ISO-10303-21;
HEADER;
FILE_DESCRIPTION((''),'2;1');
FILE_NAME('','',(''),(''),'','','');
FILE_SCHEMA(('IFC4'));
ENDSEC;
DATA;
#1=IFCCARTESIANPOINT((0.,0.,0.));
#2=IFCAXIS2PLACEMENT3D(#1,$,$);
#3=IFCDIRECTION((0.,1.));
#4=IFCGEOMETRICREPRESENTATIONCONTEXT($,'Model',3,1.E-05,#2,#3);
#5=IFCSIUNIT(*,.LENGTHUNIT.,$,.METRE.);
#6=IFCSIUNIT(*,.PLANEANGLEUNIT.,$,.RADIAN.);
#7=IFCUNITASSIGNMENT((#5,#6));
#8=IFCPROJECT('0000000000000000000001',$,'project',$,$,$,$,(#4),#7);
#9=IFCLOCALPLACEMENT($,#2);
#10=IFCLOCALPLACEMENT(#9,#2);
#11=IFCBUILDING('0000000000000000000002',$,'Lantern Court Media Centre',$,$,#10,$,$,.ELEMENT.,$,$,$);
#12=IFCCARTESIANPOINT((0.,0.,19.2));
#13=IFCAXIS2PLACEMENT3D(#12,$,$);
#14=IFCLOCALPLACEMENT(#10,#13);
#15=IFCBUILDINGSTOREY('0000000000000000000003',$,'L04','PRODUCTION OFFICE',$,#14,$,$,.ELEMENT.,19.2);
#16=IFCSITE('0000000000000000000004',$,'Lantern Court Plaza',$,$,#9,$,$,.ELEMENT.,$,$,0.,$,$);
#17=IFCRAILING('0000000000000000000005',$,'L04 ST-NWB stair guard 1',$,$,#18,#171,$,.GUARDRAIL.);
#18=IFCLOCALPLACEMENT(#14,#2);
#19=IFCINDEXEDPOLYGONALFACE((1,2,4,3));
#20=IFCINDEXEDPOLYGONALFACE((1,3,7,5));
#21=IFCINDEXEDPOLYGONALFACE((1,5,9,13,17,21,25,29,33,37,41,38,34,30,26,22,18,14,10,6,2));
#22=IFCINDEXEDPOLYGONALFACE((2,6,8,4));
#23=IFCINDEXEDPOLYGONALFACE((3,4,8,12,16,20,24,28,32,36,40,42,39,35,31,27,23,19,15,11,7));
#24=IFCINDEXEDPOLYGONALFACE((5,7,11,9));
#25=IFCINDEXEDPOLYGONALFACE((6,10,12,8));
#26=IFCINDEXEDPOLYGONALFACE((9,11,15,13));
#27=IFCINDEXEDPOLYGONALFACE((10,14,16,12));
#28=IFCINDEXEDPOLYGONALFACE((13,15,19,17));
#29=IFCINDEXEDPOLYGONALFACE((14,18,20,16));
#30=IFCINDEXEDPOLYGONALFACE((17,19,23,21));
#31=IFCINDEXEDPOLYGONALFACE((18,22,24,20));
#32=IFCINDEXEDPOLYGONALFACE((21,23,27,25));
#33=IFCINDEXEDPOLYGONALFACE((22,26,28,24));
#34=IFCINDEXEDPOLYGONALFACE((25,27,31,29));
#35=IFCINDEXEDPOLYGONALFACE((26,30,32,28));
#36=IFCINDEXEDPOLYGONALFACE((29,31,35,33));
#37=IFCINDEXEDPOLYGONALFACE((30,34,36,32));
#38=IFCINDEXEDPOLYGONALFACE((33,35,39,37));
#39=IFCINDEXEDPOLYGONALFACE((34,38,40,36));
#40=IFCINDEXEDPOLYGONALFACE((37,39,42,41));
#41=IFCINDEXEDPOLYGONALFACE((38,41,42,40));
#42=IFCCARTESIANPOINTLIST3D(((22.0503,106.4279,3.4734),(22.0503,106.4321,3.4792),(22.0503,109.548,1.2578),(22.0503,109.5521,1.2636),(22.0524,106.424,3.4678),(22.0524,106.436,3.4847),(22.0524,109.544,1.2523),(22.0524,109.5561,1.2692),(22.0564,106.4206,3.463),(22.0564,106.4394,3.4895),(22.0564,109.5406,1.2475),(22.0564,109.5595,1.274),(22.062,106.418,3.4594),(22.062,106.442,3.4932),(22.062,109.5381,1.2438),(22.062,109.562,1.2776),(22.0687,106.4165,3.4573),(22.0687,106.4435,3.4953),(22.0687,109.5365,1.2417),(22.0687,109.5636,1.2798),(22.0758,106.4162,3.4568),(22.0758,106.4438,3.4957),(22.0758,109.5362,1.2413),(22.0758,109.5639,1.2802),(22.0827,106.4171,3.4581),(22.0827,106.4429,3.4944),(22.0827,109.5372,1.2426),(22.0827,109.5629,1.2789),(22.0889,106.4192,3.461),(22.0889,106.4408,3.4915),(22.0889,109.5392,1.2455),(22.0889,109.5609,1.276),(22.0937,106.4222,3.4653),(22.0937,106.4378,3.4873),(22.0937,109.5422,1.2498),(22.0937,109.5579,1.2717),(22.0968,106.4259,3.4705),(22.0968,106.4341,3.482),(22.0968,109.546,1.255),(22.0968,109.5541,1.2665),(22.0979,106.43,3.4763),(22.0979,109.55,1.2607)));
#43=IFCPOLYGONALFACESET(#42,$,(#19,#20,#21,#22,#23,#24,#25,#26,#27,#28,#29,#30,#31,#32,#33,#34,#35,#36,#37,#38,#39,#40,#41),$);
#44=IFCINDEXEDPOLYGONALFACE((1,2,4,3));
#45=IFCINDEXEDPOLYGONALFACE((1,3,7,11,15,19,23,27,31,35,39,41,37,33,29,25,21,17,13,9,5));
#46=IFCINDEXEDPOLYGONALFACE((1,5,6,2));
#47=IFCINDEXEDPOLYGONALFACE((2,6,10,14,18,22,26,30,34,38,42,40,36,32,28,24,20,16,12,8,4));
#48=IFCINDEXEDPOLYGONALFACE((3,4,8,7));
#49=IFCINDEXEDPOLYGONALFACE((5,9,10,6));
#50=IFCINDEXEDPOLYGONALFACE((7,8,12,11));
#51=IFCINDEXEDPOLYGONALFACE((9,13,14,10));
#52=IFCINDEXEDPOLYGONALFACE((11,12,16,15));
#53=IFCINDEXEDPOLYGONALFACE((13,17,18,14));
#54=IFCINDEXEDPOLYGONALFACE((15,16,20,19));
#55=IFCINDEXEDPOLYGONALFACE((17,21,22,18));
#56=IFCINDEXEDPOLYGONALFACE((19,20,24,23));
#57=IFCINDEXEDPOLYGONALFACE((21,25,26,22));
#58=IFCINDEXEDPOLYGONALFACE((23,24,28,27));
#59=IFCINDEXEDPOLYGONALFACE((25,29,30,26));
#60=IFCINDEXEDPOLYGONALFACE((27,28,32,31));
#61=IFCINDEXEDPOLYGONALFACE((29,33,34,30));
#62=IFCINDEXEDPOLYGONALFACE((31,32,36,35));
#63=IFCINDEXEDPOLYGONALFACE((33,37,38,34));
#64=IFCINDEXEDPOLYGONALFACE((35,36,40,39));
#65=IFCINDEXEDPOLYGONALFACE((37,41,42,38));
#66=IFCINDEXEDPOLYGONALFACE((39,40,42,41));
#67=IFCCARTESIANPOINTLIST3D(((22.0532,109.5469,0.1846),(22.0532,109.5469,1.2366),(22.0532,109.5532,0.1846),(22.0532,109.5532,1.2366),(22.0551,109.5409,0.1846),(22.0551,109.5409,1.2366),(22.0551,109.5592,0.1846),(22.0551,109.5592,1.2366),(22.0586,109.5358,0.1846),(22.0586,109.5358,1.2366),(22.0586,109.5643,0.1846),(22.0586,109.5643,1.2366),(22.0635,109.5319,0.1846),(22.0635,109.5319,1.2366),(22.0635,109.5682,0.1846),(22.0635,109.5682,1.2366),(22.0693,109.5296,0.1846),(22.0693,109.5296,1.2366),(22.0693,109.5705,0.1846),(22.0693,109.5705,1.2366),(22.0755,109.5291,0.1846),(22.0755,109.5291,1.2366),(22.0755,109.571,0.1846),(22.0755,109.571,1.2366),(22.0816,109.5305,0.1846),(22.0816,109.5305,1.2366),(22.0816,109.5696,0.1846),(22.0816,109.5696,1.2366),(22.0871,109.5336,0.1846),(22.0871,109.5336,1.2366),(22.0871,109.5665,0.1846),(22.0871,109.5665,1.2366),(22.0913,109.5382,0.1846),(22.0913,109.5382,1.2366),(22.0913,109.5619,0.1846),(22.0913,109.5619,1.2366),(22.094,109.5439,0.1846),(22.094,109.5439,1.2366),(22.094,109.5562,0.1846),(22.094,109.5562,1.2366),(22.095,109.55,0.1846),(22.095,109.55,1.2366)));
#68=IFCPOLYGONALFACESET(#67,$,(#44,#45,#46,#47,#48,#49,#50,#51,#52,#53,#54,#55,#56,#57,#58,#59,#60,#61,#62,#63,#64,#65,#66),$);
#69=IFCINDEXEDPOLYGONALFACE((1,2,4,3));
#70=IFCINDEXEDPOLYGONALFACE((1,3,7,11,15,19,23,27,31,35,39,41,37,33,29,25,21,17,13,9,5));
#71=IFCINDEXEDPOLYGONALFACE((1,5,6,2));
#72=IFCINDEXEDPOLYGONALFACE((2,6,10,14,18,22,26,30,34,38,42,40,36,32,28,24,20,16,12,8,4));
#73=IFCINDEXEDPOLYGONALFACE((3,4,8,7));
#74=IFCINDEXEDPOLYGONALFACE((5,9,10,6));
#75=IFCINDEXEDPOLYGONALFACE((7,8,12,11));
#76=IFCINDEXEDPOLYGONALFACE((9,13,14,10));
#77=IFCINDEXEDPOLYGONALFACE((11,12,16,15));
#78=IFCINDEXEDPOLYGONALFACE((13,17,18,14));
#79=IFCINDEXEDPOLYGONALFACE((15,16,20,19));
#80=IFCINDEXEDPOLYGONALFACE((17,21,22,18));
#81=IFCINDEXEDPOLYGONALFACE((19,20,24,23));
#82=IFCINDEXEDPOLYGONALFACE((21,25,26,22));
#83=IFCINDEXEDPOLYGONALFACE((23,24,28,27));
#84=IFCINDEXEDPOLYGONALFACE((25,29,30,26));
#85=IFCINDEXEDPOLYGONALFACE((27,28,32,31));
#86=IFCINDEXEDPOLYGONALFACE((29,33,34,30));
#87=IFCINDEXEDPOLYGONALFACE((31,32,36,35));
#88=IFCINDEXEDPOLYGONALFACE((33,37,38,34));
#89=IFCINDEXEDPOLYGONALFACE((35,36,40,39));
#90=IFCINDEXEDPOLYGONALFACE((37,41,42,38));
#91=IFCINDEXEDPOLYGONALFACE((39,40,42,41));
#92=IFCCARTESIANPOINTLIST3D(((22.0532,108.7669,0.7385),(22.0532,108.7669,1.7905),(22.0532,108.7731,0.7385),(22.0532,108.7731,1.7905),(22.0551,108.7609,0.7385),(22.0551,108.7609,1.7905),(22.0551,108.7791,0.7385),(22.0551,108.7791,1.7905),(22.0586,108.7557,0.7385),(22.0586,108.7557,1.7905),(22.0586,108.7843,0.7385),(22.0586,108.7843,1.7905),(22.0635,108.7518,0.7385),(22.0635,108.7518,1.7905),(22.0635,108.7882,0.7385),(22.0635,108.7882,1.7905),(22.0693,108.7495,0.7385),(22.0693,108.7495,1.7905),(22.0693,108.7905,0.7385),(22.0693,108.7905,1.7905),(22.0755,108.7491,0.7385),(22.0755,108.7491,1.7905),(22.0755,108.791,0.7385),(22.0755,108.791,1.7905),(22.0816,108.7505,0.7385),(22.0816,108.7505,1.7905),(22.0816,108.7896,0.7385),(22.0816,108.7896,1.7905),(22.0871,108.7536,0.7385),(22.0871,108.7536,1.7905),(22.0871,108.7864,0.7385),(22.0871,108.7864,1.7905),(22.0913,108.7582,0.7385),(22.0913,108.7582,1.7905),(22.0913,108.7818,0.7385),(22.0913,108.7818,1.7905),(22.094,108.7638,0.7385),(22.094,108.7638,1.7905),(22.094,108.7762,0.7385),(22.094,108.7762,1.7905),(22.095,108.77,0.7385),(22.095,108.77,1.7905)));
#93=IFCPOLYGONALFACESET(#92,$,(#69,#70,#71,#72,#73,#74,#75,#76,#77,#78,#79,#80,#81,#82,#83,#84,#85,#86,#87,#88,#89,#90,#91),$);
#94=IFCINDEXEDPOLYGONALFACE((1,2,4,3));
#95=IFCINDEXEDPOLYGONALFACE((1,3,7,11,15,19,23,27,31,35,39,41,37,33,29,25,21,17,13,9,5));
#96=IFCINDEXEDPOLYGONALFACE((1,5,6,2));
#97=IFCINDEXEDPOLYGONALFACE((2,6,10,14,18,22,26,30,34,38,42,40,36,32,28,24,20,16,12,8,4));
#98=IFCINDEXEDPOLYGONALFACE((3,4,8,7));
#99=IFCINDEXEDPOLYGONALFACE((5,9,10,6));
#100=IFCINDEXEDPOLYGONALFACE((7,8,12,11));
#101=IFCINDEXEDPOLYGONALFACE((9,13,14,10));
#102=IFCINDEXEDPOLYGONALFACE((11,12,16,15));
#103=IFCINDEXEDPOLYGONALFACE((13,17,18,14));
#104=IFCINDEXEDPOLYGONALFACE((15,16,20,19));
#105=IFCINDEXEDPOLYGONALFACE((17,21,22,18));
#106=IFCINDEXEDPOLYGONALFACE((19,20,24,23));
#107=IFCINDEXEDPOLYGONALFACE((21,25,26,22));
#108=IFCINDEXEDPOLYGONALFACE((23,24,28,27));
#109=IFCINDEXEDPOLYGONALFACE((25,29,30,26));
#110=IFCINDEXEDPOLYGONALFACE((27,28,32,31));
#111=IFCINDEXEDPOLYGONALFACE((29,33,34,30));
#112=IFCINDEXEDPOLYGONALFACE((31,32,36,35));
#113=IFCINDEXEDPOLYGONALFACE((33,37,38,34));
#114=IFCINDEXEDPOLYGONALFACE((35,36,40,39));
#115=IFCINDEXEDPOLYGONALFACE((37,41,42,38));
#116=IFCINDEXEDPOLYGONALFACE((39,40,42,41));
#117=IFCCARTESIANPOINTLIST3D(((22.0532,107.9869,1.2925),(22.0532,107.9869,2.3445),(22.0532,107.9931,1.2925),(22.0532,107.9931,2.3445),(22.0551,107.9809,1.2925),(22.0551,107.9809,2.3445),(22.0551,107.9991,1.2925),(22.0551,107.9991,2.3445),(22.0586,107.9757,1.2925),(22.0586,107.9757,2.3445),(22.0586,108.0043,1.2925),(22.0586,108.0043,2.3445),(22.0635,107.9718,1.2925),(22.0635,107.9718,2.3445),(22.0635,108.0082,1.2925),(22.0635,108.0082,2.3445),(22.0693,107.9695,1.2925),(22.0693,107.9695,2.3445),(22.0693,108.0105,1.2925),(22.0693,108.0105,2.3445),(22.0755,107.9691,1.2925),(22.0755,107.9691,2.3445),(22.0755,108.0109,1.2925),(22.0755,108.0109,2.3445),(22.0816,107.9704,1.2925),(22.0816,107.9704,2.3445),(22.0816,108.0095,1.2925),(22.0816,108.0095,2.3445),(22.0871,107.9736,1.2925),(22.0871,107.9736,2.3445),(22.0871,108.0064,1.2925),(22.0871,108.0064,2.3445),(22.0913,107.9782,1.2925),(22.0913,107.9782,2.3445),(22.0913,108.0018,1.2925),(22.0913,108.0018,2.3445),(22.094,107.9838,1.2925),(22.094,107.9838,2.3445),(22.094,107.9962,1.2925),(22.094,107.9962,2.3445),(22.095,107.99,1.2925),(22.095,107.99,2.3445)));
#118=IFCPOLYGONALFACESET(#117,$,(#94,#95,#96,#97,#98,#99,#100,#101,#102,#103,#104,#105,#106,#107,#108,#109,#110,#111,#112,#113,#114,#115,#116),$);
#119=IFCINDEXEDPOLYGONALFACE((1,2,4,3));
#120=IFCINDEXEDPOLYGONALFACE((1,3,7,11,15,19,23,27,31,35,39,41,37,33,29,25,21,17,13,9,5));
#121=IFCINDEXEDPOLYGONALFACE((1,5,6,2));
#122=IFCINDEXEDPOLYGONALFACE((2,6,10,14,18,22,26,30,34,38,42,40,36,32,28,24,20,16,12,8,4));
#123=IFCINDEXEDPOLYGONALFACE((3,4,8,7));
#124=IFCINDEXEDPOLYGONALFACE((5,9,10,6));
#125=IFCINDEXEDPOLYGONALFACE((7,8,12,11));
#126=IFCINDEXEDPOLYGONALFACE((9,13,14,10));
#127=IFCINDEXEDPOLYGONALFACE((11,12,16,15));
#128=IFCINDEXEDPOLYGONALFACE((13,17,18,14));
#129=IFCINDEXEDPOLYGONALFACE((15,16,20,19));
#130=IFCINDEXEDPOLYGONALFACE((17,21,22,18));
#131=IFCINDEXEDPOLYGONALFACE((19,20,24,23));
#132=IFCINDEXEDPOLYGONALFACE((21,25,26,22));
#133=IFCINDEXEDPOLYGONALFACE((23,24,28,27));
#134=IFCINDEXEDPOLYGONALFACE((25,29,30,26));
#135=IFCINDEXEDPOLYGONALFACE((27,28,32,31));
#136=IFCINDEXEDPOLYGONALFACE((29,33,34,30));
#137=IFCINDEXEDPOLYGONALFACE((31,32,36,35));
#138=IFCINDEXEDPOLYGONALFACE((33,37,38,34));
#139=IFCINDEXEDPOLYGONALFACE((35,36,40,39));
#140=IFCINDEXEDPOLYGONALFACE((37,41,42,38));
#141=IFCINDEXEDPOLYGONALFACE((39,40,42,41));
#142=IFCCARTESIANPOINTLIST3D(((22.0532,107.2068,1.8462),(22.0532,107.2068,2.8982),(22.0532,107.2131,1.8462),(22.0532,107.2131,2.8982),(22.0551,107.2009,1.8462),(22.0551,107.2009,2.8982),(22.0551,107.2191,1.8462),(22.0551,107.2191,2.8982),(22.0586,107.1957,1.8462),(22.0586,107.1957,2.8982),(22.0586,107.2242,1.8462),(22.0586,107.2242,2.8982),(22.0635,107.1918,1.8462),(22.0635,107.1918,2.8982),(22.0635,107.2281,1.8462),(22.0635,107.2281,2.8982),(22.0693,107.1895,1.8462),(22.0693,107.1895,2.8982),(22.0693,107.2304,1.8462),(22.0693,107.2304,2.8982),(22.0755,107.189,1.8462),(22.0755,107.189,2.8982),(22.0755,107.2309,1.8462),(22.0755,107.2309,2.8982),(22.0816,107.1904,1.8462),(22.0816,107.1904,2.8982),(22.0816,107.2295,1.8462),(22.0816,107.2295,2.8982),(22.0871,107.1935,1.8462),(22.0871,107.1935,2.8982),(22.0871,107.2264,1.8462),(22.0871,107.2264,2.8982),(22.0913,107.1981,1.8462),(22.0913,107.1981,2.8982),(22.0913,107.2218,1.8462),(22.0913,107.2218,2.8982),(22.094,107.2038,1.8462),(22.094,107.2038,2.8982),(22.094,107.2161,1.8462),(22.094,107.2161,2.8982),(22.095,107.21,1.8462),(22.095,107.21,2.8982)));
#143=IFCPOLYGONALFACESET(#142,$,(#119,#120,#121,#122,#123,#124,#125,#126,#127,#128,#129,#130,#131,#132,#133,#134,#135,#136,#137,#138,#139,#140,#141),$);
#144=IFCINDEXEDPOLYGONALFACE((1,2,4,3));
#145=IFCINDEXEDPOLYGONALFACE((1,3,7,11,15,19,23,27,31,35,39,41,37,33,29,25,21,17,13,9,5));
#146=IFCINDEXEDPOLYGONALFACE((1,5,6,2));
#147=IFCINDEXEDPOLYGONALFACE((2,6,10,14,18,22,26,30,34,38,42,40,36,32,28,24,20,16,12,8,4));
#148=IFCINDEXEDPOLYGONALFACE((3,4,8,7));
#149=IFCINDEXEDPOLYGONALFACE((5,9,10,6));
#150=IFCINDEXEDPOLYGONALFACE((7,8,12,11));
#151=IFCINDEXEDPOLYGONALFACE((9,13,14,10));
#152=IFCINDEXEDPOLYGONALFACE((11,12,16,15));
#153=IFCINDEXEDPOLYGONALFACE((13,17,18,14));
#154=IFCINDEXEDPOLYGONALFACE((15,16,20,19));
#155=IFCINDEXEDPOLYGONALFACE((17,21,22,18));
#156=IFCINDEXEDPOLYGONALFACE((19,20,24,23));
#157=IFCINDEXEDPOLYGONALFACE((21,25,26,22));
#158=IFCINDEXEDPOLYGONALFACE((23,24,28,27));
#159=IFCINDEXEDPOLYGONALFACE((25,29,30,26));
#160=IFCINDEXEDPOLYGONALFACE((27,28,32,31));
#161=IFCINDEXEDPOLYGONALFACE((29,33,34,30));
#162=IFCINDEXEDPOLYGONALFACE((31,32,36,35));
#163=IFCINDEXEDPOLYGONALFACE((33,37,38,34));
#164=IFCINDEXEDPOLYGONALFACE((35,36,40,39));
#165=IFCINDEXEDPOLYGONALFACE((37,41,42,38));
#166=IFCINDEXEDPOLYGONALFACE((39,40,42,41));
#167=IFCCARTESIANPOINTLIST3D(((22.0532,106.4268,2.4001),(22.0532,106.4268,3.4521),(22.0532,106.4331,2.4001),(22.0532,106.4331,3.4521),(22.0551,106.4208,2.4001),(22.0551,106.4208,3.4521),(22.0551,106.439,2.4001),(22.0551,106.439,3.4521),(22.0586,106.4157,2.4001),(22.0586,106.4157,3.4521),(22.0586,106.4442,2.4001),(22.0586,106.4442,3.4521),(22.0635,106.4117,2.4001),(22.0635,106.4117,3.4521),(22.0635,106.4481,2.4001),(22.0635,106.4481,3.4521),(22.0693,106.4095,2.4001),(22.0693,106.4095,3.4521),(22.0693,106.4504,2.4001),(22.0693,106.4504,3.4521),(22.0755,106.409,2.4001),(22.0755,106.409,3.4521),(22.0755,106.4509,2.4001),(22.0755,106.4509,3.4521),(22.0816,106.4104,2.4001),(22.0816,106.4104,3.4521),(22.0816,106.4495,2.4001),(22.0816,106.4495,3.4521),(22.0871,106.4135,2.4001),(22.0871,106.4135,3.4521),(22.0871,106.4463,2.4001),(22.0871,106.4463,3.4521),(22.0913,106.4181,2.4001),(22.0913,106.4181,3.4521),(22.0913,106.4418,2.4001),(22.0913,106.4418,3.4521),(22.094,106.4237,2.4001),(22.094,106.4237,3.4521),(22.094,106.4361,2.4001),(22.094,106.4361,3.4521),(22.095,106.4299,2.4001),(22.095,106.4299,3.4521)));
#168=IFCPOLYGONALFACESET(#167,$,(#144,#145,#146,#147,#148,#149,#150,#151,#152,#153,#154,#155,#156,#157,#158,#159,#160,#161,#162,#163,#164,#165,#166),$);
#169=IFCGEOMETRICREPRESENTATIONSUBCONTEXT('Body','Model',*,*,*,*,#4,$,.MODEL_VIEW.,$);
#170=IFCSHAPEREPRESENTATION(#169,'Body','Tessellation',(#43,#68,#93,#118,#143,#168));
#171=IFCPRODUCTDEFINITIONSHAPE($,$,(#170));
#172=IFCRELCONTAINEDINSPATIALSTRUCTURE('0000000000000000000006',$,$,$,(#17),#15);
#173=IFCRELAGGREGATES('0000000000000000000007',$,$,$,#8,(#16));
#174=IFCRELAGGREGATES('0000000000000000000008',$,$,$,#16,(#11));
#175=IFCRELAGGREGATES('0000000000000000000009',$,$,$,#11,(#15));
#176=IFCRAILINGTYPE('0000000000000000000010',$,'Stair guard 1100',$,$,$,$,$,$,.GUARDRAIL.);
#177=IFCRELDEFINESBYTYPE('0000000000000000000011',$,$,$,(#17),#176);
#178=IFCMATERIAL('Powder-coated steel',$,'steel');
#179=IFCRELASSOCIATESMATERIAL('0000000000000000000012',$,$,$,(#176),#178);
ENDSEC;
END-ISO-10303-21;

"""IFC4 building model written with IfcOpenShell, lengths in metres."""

from ifc_helpers import new_model, si_unit, direction, frame, origin, origin_2d, place, context, subcontext, project, spatial, circle, extrude, material, type_object, element, save


model = new_model("IFC4")

# Units and contexts
model_context = context("Model", 3, precision=1e-05, world=origin(), true_north=direction((0.0, 1.0)))
body_context = subcontext(model_context, "Body", "Model", "MODEL_VIEW")
ifc_project = project(units=[si_unit("LENGTHUNIT", "METRE"), si_unit("PLANEANGLEUNIT", "RADIAN")], contexts=[model_context])

# Site, building, storey
site_placement = place(None, origin())
site = spatial("IfcSite", under=ifc_project, at=site_placement, Name="Lantern Court Plaza", CompositionType="ELEMENT", RefElevation=0.0)
building_placement = place(site_placement, origin())
building = spatial("IfcBuilding", under=site, at=building_placement, Name="Lantern Court Media Centre", CompositionType="ELEMENT")
storey_placement = place(building_placement, frame((0.0, 0.0, 19.2)))
storey = spatial("IfcBuildingStorey", under=building, at=storey_placement, Name="L04", Description="PRODUCTION OFFICE", CompositionType="ELEMENT", Elevation=19.2)

# Shared definitions
ifc_material_1 = material(Name="Powder-coated steel", Category="steel")

# Railing
railing_type_1 = type_object("IfcRailingType", Name="Stair guard 1100", PredefinedType="GUARDRAIL", material=ifc_material_1)
railing_1_placement = place(storey_placement, frame((22.074, 109.55, 0.1846)))
element("IfcRailing", 1, at=railing_1_placement, inside=storey, type_object=railing_type_1, Name="L04 ST-NWB stair guard 1", PredefinedType="GUARDRAIL", context=body_context, shape_type="SweptSolid", body=[
    extrude(circle(Radius=0.0239, at=origin_2d()), frame((0.0, 0.0, 1.0762), z_axis=(0.0, -0.815347, 0.578973), x_axis=(1.0, 0.0, 0.0)), (0.0, 0.0, 1.0), 3.8267),
    extrude(circle(Radius=0.021, at=origin_2d()), origin(), (0.0, 0.0, 1.0), 1.052),
    extrude(circle(Radius=0.021, at=origin_2d()), frame((0.0, -0.78, 0.554)), (0.0, 0.0, 1.0), 1.052),
    extrude(circle(Radius=0.021, at=origin_2d()), frame((0.0, -1.5601, 1.1079)), (0.0, 0.0, 1.0), 1.052),
    extrude(circle(Radius=0.021, at=origin_2d()), frame((0.0, -2.3401, 1.6616)), (0.0, 0.0, 1.0), 1.052),
    extrude(circle(Radius=0.021, at=origin_2d()), frame((0.0, -3.1201, 2.2156)), (0.0, 0.0, 1.0), 1.052),
])

save(model, "model.ifc")
